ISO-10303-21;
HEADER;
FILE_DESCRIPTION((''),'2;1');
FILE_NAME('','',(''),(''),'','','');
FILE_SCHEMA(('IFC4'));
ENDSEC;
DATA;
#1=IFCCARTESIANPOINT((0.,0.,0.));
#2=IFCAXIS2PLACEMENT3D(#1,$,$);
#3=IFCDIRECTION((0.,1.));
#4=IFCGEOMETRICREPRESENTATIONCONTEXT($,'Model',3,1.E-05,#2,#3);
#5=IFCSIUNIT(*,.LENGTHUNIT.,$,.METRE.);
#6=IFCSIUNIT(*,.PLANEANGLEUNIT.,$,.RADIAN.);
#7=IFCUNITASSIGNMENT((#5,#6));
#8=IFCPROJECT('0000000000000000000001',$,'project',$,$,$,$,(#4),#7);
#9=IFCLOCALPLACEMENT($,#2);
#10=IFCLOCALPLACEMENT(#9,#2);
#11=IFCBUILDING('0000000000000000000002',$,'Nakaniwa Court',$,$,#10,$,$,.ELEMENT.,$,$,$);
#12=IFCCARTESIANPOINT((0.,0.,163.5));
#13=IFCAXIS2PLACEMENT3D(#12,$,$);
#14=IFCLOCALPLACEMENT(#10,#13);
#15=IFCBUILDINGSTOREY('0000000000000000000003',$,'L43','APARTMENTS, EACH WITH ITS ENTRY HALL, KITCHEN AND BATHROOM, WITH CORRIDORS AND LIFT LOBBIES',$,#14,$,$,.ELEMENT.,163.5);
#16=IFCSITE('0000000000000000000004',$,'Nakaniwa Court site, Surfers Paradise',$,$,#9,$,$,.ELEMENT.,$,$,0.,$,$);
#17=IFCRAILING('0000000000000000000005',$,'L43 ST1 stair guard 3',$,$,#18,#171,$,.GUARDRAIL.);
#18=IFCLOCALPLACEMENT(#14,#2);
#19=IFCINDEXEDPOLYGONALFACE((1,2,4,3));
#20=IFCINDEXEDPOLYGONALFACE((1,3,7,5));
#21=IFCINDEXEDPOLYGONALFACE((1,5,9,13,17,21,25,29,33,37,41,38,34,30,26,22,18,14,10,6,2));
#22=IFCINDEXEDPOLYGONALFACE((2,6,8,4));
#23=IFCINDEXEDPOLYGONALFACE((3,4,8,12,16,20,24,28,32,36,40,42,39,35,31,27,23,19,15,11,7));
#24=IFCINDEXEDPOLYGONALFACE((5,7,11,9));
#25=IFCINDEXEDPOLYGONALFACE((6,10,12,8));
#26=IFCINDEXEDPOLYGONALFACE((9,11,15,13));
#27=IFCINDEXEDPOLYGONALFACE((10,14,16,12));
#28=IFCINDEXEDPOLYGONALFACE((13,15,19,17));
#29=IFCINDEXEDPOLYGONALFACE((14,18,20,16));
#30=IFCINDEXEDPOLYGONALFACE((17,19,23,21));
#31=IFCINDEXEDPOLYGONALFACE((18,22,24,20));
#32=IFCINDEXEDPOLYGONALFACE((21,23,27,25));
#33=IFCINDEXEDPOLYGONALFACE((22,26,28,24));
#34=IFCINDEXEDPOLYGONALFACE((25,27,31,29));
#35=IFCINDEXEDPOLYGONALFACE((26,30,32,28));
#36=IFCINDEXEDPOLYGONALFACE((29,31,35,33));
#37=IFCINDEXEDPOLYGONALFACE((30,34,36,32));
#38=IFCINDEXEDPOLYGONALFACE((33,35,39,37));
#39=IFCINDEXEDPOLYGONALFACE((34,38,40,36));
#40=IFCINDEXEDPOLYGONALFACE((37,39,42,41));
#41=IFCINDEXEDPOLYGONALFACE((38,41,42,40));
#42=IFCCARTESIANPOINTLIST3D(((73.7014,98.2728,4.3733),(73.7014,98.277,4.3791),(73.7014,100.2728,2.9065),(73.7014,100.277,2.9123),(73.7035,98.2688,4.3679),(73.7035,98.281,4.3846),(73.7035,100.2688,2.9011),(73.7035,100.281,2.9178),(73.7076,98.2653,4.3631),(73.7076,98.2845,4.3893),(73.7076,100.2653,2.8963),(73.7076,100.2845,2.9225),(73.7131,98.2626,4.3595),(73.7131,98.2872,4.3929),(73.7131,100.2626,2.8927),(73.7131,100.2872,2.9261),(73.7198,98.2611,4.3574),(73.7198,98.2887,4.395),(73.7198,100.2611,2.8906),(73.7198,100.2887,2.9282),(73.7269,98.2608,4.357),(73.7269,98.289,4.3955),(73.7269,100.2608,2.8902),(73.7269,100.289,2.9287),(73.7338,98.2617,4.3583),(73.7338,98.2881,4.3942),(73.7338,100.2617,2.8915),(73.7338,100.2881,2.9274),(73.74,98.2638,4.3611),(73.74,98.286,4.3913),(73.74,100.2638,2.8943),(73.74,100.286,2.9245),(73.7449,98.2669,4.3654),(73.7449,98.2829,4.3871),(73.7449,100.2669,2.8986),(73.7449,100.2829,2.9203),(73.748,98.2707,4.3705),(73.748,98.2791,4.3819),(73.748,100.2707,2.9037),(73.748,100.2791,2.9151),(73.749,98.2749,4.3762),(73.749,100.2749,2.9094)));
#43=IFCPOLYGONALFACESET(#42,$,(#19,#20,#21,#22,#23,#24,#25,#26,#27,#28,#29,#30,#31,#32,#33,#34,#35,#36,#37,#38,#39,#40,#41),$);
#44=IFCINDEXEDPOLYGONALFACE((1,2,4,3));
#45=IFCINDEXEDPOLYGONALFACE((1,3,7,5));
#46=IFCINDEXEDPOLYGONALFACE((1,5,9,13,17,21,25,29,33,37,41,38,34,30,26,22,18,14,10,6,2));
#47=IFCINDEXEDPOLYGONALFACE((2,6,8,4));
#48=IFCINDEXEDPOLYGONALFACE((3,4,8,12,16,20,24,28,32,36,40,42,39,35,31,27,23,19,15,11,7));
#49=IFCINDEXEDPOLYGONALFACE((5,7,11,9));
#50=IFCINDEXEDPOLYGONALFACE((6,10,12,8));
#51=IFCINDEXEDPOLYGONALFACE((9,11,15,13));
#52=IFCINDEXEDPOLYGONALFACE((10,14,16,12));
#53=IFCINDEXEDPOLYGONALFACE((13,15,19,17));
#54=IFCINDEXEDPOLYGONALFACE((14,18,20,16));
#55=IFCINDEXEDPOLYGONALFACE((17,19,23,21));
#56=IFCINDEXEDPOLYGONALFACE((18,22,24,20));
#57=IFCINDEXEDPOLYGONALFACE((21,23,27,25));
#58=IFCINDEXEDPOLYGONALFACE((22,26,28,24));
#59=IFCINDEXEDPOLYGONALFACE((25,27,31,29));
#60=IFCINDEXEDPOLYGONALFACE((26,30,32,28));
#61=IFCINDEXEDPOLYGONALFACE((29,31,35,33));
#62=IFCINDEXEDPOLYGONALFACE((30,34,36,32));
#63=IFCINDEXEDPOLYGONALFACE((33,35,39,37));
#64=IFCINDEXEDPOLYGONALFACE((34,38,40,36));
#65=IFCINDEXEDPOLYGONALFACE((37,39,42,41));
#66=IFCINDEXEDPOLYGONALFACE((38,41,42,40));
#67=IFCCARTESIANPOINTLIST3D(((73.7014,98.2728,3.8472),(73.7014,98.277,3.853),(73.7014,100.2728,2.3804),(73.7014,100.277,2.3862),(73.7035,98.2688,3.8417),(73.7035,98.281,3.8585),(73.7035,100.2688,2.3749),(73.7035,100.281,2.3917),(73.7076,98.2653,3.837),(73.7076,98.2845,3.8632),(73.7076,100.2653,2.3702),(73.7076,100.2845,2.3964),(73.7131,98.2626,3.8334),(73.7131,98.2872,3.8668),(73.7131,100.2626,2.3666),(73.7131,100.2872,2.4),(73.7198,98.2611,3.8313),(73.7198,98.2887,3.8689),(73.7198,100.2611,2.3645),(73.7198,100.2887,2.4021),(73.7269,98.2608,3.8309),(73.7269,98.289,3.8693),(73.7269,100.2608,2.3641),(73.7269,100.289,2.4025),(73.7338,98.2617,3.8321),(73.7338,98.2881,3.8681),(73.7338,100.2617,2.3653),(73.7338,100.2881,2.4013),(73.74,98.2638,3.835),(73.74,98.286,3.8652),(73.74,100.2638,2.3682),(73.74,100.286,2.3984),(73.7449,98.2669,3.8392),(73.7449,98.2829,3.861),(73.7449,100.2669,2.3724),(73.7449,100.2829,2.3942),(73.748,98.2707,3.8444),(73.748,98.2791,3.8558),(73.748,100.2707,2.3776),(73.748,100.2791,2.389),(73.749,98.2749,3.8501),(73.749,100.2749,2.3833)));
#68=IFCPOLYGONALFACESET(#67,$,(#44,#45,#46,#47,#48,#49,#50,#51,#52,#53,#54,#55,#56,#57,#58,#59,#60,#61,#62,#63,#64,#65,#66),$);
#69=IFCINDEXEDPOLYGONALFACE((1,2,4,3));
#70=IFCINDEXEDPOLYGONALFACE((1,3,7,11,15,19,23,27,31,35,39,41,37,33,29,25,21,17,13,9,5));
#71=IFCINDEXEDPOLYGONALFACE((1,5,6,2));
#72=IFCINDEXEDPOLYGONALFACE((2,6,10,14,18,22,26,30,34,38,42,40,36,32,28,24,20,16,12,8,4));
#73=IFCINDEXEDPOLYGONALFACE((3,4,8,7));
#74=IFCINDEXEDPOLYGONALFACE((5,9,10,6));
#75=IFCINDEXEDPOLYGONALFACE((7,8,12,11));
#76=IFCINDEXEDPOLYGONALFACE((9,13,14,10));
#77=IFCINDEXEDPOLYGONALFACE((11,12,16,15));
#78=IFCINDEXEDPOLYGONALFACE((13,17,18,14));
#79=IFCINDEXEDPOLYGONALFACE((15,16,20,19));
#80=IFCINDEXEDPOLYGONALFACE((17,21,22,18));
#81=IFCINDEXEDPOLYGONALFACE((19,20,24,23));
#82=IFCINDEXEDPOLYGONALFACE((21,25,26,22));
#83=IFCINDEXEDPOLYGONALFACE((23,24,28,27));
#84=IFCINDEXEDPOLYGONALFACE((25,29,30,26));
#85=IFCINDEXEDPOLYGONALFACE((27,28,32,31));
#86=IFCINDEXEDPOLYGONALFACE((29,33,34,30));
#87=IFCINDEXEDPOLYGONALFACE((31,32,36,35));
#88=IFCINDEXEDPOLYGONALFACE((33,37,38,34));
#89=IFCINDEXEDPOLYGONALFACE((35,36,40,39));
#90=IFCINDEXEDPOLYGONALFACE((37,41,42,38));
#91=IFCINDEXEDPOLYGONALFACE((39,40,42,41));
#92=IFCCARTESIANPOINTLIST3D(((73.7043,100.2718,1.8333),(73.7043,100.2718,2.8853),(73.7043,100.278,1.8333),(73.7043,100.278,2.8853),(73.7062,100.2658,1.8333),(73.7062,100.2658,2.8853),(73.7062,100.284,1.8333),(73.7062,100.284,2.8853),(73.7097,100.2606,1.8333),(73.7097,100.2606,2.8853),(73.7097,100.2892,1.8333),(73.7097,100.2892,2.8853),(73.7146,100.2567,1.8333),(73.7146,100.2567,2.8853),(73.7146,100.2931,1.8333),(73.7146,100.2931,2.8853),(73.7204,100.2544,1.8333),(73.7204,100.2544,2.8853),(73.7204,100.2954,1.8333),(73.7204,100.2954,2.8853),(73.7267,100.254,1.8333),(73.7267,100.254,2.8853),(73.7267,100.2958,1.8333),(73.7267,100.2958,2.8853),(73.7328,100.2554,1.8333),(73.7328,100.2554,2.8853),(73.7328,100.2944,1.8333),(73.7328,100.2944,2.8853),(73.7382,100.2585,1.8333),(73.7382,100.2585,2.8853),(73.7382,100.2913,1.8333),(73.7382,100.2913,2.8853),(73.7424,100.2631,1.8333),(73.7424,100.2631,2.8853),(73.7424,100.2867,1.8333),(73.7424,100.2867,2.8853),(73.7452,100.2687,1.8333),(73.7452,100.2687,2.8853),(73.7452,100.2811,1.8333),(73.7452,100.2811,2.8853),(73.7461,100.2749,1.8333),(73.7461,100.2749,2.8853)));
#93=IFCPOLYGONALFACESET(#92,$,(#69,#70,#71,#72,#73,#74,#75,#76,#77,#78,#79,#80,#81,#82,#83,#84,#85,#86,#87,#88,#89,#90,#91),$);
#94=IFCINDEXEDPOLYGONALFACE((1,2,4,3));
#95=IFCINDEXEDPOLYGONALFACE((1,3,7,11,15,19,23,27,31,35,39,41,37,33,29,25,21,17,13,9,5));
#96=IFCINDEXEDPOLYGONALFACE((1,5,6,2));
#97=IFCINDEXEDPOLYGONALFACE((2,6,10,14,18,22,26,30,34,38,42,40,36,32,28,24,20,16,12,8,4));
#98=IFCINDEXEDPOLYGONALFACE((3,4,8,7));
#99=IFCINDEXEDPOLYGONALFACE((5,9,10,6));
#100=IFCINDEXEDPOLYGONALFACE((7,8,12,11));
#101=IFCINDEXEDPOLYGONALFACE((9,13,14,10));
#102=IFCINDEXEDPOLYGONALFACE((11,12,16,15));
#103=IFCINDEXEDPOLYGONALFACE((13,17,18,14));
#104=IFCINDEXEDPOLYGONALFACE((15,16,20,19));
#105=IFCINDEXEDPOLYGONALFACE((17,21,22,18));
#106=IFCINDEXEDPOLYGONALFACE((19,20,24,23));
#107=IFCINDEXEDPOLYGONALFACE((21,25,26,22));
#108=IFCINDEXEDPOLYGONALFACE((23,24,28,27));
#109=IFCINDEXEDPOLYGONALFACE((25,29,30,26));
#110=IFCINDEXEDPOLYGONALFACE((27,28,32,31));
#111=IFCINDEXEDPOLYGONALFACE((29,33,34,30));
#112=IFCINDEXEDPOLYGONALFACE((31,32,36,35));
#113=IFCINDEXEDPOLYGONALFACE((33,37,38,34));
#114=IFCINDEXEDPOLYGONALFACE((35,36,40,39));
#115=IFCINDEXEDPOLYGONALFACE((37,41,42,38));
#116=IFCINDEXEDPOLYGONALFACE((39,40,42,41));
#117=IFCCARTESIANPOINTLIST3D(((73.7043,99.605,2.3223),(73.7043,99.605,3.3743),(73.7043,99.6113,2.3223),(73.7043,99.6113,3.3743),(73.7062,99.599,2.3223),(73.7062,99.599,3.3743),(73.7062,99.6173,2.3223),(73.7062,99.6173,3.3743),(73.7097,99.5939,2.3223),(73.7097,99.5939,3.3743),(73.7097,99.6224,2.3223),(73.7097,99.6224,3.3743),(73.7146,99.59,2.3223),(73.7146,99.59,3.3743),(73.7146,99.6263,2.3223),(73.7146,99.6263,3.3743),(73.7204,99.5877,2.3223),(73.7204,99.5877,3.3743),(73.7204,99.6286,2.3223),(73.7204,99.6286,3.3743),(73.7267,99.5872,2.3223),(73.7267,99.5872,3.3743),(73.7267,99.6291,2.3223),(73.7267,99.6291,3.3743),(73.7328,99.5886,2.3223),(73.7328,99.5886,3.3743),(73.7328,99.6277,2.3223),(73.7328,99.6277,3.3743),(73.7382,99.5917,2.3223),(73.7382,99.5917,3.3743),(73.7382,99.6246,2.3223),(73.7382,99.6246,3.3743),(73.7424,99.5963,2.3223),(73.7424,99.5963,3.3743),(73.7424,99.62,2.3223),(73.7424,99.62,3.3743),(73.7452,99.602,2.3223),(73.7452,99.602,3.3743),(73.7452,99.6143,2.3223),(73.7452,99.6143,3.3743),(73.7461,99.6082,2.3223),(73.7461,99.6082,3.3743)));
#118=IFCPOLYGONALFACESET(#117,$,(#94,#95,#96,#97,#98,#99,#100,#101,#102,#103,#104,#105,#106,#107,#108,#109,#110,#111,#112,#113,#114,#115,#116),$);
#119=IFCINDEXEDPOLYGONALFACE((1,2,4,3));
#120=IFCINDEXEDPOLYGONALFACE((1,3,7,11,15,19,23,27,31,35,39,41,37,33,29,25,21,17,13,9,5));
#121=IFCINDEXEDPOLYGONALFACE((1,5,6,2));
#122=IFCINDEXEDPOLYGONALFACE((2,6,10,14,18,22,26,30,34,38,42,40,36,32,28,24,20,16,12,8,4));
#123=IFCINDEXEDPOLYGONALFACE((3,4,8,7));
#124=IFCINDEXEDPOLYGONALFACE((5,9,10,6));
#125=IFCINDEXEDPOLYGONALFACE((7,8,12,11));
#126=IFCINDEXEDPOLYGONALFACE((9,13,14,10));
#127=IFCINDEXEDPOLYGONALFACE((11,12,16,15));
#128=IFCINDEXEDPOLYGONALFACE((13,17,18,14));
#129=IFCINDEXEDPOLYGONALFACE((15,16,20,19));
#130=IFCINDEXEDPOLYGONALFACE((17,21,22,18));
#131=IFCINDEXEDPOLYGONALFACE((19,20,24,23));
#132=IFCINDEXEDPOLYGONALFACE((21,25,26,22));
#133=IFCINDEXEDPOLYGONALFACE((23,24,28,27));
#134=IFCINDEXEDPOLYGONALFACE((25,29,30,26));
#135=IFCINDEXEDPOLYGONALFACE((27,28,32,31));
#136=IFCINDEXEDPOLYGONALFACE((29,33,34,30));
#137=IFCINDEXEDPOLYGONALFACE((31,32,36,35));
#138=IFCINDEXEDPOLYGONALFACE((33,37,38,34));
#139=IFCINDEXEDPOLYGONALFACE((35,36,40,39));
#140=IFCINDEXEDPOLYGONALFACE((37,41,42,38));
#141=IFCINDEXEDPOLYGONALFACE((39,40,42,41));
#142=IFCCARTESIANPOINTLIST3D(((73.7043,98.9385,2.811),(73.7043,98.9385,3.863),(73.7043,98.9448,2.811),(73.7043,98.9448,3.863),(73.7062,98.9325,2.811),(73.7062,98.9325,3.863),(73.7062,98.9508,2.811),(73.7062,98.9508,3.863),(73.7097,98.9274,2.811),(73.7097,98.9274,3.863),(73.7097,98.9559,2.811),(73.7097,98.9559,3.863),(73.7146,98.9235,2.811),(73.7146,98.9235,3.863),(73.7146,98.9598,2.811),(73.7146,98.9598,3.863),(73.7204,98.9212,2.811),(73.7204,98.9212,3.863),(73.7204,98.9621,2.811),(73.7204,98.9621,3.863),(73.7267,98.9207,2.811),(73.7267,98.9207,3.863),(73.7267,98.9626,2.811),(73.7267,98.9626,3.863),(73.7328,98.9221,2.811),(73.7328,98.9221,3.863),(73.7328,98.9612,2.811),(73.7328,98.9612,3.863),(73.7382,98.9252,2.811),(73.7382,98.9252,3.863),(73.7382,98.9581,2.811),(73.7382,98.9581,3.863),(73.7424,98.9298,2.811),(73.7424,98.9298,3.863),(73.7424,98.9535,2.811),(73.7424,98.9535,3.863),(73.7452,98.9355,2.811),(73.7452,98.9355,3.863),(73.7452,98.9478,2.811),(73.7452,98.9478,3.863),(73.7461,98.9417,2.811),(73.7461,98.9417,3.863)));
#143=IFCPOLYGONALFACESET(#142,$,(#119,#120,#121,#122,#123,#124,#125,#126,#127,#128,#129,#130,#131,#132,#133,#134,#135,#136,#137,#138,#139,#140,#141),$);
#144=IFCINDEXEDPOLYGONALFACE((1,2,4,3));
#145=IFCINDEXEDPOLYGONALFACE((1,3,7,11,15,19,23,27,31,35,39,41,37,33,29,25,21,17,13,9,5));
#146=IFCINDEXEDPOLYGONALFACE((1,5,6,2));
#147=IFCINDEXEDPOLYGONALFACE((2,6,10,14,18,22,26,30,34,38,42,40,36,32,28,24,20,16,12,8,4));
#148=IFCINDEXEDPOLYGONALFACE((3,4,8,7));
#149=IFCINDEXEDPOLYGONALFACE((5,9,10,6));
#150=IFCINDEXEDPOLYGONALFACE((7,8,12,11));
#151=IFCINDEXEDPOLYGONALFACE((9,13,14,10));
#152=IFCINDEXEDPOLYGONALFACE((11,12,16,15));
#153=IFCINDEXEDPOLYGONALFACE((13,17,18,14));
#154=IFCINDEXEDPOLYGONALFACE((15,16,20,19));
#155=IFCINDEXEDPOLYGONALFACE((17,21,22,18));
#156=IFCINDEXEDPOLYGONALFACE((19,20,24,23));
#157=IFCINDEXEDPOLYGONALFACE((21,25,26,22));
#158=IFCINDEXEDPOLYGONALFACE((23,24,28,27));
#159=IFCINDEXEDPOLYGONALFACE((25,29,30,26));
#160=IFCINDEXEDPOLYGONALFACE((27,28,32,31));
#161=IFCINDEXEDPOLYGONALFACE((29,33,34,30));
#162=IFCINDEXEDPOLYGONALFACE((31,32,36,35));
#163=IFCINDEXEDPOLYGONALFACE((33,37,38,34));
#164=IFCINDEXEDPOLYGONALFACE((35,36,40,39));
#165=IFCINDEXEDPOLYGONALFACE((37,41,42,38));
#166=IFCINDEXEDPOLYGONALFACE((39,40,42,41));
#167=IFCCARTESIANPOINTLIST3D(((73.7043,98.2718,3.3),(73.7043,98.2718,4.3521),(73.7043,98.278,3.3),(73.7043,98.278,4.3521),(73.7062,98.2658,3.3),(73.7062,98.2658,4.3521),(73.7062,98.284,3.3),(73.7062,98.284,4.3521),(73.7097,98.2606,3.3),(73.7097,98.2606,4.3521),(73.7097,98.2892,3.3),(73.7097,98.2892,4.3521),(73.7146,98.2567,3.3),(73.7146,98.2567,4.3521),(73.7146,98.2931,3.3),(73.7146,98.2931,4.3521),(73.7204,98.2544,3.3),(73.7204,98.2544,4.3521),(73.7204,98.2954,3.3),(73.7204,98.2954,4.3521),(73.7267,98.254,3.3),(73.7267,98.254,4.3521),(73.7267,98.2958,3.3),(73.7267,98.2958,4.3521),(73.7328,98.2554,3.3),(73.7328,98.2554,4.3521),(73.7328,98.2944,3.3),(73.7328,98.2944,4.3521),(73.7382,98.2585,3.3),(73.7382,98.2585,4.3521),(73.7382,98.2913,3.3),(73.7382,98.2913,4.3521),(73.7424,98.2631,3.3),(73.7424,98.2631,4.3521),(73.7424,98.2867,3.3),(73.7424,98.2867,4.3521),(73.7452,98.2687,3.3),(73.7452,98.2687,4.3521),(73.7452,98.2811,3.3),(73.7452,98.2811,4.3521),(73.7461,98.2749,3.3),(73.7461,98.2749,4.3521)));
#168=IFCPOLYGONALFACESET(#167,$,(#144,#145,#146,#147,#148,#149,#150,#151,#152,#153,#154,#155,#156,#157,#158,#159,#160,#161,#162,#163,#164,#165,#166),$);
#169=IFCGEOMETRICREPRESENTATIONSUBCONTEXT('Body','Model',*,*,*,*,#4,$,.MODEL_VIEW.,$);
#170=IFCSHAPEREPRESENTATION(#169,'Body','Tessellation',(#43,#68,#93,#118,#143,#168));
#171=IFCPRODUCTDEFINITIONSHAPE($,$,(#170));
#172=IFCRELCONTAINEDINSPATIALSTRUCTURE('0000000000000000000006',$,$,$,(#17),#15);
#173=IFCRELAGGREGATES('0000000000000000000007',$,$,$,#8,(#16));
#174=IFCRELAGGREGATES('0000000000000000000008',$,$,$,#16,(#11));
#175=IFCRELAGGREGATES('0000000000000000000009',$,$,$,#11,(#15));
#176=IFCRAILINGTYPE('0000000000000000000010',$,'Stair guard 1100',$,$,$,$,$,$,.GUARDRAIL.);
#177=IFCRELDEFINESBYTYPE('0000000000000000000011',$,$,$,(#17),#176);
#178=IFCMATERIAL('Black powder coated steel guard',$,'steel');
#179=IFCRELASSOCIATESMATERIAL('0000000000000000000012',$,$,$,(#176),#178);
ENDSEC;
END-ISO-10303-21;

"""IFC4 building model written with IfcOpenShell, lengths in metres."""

from ifc_helpers import new_model, si_unit, direction, frame, origin, origin_2d, place, context, subcontext, project, spatial, circle, extrude, material, type_object, element, save


model = new_model("IFC4")

# Units and contexts
model_context = context("Model", 3, precision=1e-05, world=origin(), true_north=direction((0.0, 1.0)))
body_context = subcontext(model_context, "Body", "Model", "MODEL_VIEW")
ifc_project = project(units=[si_unit("LENGTHUNIT", "METRE"), si_unit("PLANEANGLEUNIT", "RADIAN")], contexts=[model_context])

# Site, building, storey
site_placement = place(None, origin())
site = spatial("IfcSite", under=ifc_project, at=site_placement, Name="Nakaniwa Court site, Surfers Paradise", CompositionType="ELEMENT", RefElevation=0.0)
building_placement = place(site_placement, origin())
building = spatial("IfcBuilding", under=site, at=building_placement, Name="Nakaniwa Court", CompositionType="ELEMENT")
storey_placement = place(building_placement, frame((0.0, 0.0, 163.5)))
storey = spatial("IfcBuildingStorey", under=building, at=storey_placement, Name="L43", Description="APARTMENTS, EACH WITH ITS ENTRY HALL, KITCHEN AND BATHROOM, WITH CORRIDORS AND LIFT LOBBIES", CompositionType="ELEMENT", Elevation=163.5)

# Railing
ifc_material_1 = material(Name="Black powder coated steel guard", Category="steel")
railing_type_1 = type_object("IfcRailingType", Name="Stair guard 1100", PredefinedType="GUARDRAIL", material=ifc_material_1)
railing_1_placement = place(storey_placement, frame((73.7251, 100.2749, 1.8333)))
element("IfcRailing", 1, at=railing_1_placement, inside=storey, type_object=railing_type_1, Name="L43 ST1 stair guard 3", PredefinedType="GUARDRAIL", context=body_context, shape_type="SweptSolid", body=[
    extrude(circle(Radius=0.0239, at=origin_2d()), frame((0.0, 0.0, 1.0762), z_axis=(0.0, -0.80638, 0.591398), x_axis=(1.0, 0.0, 0.0)), (0.0, 0.0, 1.0), 2.4802),
    extrude(circle(Radius=0.0239, at=origin_2d()), frame((0.0, 0.0, 0.55), z_axis=(0.0, -0.80638, 0.591398), x_axis=(1.0, 0.0, 0.0)), (0.0, 0.0, 1.0), 2.4802),
    extrude(circle(Radius=0.021, at=origin_2d()), origin(), (0.0, 0.0, 1.0), 1.052),
    extrude(circle(Radius=0.021, at=origin_2d()), frame((0.0, -0.6667, 0.489)), (0.0, 0.0, 1.0), 1.052),
    extrude(circle(Radius=0.021, at=origin_2d()), frame((0.0, -1.3333, 0.9778)), (0.0, 0.0, 1.0), 1.052),
    extrude(circle(Radius=0.021, at=origin_2d()), frame((0.0, -2.0, 1.4668)), (0.0, 0.0, 1.0), 1.052),
])

save(model, "model.ifc")
